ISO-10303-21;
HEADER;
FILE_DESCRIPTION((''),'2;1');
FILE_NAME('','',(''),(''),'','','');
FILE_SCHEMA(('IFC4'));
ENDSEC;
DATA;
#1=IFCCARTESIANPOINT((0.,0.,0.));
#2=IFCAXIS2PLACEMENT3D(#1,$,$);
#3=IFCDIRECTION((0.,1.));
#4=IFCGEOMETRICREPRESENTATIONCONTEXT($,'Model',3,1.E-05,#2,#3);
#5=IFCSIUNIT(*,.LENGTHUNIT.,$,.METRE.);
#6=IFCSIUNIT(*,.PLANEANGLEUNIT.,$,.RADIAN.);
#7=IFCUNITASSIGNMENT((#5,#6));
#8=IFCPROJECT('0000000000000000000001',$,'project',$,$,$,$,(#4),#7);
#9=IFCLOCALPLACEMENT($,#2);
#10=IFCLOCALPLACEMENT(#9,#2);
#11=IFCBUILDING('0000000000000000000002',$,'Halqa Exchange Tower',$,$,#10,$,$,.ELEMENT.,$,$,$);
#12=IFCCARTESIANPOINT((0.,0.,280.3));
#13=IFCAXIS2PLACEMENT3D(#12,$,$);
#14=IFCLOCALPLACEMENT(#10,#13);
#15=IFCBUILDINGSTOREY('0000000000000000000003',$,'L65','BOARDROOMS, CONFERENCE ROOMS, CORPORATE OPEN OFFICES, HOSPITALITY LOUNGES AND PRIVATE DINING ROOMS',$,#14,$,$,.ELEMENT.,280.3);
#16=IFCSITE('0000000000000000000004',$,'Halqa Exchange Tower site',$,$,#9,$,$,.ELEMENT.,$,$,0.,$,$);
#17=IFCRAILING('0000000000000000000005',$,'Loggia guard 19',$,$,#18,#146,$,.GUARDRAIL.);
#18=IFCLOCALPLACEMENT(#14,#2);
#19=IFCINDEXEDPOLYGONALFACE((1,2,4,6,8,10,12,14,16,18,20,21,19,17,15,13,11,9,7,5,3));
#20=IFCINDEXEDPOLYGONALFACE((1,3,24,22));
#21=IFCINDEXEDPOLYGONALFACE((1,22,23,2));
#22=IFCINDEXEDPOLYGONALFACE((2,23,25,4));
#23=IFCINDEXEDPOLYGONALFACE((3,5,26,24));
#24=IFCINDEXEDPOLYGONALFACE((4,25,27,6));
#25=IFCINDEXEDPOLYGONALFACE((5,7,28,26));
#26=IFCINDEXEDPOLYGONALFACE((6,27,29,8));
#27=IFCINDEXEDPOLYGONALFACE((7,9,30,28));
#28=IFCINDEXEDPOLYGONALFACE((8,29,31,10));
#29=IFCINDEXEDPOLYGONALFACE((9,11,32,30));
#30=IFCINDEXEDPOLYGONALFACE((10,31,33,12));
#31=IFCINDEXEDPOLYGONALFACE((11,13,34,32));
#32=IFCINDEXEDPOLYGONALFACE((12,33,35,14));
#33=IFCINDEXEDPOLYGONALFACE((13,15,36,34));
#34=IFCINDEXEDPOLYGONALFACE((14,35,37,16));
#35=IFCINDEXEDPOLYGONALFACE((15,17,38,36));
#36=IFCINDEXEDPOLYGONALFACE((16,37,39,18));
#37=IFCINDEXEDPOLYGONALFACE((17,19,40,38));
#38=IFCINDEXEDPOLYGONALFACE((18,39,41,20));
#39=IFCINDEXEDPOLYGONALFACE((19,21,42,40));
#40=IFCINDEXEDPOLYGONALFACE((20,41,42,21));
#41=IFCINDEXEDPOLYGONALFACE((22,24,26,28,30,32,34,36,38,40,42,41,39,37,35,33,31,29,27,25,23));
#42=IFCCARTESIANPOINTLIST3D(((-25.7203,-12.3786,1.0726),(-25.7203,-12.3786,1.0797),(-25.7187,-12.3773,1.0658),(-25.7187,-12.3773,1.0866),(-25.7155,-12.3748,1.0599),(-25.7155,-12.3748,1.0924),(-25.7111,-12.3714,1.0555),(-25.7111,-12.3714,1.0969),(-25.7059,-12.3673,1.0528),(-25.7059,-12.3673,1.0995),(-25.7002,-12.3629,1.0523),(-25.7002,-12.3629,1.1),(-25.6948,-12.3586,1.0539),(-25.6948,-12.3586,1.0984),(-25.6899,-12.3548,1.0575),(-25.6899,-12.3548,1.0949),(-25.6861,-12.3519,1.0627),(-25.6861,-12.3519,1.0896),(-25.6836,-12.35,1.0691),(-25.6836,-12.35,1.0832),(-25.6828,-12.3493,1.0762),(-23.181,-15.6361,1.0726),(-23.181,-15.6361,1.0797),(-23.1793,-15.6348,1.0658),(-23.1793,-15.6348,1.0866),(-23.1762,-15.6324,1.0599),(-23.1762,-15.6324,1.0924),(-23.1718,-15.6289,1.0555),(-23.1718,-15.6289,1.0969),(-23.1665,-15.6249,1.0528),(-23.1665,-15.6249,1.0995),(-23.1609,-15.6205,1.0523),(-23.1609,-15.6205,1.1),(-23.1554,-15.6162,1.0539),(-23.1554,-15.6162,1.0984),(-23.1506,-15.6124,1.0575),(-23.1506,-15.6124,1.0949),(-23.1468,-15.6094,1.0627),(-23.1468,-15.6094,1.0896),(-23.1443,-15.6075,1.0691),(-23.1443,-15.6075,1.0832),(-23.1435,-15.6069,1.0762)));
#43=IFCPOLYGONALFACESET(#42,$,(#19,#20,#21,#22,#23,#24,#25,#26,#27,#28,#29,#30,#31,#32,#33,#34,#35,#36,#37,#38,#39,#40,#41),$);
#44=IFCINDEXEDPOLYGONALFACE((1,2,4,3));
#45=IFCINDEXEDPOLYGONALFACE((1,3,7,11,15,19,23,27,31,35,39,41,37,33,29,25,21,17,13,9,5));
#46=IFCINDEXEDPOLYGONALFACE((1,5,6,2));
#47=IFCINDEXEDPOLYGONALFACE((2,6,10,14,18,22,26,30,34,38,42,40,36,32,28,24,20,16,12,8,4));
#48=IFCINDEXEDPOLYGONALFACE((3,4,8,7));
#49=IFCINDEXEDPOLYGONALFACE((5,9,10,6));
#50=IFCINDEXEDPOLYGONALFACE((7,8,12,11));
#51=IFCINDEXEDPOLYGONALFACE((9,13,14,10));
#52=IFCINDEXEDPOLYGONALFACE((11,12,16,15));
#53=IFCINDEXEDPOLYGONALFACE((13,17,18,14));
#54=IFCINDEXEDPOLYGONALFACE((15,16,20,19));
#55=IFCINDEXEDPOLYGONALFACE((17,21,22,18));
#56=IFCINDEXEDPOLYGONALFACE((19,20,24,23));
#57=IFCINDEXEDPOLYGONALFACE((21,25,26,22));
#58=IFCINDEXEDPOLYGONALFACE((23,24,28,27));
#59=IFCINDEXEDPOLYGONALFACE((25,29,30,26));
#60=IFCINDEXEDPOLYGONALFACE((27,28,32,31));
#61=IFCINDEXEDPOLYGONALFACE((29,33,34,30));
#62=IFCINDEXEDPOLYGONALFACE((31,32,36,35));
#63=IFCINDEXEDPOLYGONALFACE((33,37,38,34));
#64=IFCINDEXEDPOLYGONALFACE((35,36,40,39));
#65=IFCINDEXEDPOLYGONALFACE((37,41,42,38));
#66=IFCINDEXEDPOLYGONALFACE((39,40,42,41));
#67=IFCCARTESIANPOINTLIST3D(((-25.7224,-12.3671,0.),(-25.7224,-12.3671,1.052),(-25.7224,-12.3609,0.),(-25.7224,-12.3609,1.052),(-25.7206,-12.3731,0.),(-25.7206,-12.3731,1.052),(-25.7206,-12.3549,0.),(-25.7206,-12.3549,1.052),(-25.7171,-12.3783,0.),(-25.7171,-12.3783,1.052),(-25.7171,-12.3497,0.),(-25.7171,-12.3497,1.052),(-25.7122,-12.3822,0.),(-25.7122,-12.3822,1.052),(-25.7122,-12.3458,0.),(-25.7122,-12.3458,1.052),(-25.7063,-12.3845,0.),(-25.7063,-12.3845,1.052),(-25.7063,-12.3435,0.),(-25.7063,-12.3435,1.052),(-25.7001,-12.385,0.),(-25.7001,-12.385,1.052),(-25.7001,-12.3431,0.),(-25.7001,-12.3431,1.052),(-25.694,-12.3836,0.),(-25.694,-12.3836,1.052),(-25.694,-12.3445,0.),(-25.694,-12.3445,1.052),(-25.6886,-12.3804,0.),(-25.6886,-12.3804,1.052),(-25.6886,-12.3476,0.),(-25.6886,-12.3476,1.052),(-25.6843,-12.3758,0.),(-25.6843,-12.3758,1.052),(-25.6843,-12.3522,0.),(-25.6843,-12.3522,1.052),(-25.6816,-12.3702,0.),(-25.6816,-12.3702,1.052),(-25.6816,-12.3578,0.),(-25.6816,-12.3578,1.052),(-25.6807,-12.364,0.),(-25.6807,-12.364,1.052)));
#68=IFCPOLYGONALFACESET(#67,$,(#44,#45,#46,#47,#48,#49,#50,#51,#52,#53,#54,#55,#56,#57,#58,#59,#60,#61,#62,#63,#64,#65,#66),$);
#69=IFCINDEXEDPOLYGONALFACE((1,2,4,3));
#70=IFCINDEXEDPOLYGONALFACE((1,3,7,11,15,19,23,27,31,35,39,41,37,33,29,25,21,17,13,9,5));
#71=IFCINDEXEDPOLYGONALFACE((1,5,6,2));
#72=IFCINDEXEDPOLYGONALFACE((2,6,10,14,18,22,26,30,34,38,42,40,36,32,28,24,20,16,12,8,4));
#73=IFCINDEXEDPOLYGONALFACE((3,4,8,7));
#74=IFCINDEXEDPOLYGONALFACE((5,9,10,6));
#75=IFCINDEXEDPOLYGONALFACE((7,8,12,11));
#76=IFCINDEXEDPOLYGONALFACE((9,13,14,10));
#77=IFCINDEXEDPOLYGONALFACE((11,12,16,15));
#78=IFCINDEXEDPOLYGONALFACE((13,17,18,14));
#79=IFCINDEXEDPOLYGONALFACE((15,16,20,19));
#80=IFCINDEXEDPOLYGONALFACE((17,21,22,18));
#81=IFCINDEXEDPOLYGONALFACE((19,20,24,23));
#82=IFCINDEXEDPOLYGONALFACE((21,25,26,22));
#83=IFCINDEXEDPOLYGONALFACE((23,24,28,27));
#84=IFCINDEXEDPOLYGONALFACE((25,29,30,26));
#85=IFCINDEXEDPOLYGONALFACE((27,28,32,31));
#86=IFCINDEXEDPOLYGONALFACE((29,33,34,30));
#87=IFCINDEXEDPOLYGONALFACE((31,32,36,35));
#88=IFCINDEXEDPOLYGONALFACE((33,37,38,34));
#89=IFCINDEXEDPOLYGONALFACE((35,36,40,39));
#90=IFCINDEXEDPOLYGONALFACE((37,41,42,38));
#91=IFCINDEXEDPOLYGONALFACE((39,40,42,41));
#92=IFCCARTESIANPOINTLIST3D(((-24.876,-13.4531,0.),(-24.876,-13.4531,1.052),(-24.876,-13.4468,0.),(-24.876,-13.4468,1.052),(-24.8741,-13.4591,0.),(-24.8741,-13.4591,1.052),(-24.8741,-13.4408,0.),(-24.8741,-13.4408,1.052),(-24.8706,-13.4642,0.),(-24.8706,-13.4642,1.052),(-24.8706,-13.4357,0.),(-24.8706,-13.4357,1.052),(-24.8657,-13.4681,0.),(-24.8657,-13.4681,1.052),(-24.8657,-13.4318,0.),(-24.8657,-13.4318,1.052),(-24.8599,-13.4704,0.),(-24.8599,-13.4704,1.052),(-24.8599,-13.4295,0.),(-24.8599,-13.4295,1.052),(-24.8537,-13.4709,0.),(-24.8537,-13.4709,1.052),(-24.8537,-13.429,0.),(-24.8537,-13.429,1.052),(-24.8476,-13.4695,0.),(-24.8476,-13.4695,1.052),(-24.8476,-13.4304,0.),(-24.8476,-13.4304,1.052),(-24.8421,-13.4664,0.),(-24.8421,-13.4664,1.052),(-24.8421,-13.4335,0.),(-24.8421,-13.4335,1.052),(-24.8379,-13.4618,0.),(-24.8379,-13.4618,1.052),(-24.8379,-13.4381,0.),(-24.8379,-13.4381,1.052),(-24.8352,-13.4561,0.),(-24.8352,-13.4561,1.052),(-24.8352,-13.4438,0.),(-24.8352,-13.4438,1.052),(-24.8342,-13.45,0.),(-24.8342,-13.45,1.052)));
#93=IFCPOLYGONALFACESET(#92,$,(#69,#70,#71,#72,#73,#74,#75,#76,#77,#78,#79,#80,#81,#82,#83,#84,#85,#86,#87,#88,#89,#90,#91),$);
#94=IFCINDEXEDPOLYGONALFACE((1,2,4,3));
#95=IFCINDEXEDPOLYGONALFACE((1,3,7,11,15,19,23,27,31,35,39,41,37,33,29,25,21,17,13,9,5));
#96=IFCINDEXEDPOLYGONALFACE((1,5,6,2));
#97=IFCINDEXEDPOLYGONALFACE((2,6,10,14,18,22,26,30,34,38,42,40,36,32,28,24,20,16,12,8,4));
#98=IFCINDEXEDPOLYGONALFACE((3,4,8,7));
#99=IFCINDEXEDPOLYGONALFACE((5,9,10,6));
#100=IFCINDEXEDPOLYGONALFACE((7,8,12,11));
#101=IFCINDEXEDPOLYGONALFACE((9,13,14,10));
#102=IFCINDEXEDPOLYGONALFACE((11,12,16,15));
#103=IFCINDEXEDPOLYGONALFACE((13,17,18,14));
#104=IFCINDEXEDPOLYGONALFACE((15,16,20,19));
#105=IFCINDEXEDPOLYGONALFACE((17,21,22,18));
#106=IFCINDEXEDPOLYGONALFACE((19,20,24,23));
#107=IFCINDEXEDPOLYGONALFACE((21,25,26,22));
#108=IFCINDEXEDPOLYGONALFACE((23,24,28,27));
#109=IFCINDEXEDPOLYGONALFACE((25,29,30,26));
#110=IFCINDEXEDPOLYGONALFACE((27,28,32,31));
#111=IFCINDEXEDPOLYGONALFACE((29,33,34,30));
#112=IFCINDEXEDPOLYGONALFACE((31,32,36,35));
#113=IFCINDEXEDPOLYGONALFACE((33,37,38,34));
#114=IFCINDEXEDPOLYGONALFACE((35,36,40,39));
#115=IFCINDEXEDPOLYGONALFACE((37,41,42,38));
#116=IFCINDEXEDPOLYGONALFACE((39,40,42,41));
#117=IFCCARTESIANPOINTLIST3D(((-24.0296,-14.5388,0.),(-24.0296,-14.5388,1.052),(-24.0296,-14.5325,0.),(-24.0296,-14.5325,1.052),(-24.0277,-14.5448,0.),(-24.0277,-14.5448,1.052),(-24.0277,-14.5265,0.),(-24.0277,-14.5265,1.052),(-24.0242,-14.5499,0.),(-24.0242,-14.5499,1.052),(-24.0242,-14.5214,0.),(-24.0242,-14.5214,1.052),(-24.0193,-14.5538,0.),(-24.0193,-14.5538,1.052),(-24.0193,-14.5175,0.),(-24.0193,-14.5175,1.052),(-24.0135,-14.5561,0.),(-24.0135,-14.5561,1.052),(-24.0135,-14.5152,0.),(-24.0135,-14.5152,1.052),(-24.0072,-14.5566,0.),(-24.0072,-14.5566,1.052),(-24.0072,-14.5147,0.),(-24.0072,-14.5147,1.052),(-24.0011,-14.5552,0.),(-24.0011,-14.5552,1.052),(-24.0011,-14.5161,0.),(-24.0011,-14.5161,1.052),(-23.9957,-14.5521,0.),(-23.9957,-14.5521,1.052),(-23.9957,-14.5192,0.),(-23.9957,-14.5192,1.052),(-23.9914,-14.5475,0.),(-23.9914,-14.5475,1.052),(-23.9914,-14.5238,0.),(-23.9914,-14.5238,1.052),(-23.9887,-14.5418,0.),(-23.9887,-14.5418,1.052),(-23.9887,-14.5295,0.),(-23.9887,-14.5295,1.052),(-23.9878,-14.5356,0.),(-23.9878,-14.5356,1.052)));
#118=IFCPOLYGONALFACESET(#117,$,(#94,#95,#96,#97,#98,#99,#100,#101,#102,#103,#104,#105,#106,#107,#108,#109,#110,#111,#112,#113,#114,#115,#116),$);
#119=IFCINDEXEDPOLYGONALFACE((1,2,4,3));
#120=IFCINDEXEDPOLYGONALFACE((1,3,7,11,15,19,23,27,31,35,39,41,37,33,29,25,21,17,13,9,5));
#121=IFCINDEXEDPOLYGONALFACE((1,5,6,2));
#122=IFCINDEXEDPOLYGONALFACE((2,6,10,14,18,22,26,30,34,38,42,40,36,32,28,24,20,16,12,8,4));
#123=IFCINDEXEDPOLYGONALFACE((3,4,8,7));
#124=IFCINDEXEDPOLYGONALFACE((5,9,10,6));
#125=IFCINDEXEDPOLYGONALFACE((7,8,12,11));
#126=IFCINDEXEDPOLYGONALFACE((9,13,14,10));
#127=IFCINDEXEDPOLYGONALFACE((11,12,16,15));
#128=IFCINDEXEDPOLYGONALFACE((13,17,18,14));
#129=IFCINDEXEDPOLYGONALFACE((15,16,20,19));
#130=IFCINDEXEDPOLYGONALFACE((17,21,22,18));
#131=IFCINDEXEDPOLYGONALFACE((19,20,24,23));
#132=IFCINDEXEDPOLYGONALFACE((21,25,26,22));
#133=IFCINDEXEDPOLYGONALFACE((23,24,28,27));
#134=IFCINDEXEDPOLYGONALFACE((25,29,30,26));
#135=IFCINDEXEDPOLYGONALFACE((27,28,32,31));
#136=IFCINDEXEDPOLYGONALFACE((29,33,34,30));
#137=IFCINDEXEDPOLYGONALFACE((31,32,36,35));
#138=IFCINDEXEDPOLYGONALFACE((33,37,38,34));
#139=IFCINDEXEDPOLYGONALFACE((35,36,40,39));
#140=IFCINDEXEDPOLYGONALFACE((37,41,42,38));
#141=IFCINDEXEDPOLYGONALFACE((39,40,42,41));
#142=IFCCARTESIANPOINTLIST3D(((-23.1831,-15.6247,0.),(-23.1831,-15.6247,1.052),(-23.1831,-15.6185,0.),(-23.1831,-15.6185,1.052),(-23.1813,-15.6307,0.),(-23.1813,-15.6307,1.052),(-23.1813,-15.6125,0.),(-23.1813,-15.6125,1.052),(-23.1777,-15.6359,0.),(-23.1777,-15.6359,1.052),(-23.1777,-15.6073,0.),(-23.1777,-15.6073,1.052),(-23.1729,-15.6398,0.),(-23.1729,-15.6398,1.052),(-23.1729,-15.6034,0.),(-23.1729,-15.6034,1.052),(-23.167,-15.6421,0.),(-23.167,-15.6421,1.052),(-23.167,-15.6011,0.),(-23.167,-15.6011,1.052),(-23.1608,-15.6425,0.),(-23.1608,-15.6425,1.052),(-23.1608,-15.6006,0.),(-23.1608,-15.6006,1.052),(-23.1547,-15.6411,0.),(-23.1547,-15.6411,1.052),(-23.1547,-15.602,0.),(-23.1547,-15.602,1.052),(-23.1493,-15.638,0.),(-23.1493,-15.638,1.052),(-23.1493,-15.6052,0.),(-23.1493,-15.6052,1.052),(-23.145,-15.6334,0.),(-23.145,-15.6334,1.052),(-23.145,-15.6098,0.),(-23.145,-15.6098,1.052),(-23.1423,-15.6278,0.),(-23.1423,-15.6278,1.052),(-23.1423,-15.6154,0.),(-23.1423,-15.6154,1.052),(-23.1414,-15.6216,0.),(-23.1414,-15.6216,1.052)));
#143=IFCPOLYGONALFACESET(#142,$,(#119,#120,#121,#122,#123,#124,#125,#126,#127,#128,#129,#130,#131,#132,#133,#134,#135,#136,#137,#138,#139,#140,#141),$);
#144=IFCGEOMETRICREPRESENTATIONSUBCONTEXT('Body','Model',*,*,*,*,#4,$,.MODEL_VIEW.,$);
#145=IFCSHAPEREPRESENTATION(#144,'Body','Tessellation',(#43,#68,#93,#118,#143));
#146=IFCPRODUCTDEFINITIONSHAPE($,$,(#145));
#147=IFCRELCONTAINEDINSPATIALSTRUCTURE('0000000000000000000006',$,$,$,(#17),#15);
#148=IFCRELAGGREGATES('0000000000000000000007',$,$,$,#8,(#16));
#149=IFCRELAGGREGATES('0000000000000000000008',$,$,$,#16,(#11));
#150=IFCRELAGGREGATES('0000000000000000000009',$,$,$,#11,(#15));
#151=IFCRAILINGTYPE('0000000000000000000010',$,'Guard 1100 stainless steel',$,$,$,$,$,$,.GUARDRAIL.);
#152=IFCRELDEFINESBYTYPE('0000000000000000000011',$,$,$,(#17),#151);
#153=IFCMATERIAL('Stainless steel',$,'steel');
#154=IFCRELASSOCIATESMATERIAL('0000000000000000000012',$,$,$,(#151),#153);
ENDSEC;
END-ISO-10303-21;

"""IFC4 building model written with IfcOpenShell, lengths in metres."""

from ifc_helpers import new_model, si_unit, direction, frame, origin, origin_2d, place, context, subcontext, project, spatial, circle, extrude, material, type_object, element, save


model = new_model("IFC4")

# Units and contexts
model_context = context("Model", 3, precision=1e-05, world=origin(), true_north=direction((0.0, 1.0)))
body_context = subcontext(model_context, "Body", "Model", "MODEL_VIEW")
ifc_project = project(units=[si_unit("LENGTHUNIT", "METRE"), si_unit("PLANEANGLEUNIT", "RADIAN")], contexts=[model_context])

# Site, building, storey
site_placement = place(None, origin())
site = spatial("IfcSite", under=ifc_project, at=site_placement, Name="Halqa Exchange Tower site", CompositionType="ELEMENT", RefElevation=0.0)
building_placement = place(site_placement, origin())
building = spatial("IfcBuilding", under=site, at=building_placement, Name="Halqa Exchange Tower", CompositionType="ELEMENT")
storey_placement = place(building_placement, frame((0.0, 0.0, 280.3)))
storey = spatial("IfcBuildingStorey", under=building, at=storey_placement, Name="L65", Description="BOARDROOMS, CONFERENCE ROOMS, CORPORATE OPEN OFFICES, HOSPITALITY LOUNGES AND PRIVATE DINING ROOMS", CompositionType="ELEMENT", Elevation=280.3)

# Railing
ifc_material_1 = material(Name="Stainless steel", Category="steel")
railing_type = type_object("IfcRailingType", Name="Guard 1100 stainless steel", PredefinedType="GUARDRAIL", material=ifc_material_1)
railing_1_placement = place(storey_placement, frame((-25.7017, -12.364, 0.0)))
element("IfcRailing", 1, at=railing_1_placement, inside=storey, type_object=railing_type, Name="Loggia guard 19", PredefinedType="GUARDRAIL", context=body_context, shape_type="SweptSolid", body=[
    extrude(circle(Radius=0.0239, at=origin_2d()), frame((0.0, 0.0, 1.0762), z_axis=(0.614791, -0.78869, 0.0), x_axis=(0.78869, 0.614791, 0.0)), (0.0, 0.0, 1.0), 4.1304),
    extrude(circle(Radius=0.021, at=origin_2d()), origin(), (0.0, 0.0, 1.0), 1.052),
    extrude(circle(Radius=0.021, at=origin_2d()), frame((0.8464, -1.0859, 0.0)), (0.0, 0.0, 1.0), 1.052),
    extrude(circle(Radius=0.021, at=origin_2d()), frame((1.6929, -2.1716, 0.0)), (0.0, 0.0, 1.0), 1.052),
    extrude(circle(Radius=0.021, at=origin_2d()), frame((2.5393, -3.2576, 0.0)), (0.0, 0.0, 1.0), 1.052),
])

save(model, "model.ifc")
